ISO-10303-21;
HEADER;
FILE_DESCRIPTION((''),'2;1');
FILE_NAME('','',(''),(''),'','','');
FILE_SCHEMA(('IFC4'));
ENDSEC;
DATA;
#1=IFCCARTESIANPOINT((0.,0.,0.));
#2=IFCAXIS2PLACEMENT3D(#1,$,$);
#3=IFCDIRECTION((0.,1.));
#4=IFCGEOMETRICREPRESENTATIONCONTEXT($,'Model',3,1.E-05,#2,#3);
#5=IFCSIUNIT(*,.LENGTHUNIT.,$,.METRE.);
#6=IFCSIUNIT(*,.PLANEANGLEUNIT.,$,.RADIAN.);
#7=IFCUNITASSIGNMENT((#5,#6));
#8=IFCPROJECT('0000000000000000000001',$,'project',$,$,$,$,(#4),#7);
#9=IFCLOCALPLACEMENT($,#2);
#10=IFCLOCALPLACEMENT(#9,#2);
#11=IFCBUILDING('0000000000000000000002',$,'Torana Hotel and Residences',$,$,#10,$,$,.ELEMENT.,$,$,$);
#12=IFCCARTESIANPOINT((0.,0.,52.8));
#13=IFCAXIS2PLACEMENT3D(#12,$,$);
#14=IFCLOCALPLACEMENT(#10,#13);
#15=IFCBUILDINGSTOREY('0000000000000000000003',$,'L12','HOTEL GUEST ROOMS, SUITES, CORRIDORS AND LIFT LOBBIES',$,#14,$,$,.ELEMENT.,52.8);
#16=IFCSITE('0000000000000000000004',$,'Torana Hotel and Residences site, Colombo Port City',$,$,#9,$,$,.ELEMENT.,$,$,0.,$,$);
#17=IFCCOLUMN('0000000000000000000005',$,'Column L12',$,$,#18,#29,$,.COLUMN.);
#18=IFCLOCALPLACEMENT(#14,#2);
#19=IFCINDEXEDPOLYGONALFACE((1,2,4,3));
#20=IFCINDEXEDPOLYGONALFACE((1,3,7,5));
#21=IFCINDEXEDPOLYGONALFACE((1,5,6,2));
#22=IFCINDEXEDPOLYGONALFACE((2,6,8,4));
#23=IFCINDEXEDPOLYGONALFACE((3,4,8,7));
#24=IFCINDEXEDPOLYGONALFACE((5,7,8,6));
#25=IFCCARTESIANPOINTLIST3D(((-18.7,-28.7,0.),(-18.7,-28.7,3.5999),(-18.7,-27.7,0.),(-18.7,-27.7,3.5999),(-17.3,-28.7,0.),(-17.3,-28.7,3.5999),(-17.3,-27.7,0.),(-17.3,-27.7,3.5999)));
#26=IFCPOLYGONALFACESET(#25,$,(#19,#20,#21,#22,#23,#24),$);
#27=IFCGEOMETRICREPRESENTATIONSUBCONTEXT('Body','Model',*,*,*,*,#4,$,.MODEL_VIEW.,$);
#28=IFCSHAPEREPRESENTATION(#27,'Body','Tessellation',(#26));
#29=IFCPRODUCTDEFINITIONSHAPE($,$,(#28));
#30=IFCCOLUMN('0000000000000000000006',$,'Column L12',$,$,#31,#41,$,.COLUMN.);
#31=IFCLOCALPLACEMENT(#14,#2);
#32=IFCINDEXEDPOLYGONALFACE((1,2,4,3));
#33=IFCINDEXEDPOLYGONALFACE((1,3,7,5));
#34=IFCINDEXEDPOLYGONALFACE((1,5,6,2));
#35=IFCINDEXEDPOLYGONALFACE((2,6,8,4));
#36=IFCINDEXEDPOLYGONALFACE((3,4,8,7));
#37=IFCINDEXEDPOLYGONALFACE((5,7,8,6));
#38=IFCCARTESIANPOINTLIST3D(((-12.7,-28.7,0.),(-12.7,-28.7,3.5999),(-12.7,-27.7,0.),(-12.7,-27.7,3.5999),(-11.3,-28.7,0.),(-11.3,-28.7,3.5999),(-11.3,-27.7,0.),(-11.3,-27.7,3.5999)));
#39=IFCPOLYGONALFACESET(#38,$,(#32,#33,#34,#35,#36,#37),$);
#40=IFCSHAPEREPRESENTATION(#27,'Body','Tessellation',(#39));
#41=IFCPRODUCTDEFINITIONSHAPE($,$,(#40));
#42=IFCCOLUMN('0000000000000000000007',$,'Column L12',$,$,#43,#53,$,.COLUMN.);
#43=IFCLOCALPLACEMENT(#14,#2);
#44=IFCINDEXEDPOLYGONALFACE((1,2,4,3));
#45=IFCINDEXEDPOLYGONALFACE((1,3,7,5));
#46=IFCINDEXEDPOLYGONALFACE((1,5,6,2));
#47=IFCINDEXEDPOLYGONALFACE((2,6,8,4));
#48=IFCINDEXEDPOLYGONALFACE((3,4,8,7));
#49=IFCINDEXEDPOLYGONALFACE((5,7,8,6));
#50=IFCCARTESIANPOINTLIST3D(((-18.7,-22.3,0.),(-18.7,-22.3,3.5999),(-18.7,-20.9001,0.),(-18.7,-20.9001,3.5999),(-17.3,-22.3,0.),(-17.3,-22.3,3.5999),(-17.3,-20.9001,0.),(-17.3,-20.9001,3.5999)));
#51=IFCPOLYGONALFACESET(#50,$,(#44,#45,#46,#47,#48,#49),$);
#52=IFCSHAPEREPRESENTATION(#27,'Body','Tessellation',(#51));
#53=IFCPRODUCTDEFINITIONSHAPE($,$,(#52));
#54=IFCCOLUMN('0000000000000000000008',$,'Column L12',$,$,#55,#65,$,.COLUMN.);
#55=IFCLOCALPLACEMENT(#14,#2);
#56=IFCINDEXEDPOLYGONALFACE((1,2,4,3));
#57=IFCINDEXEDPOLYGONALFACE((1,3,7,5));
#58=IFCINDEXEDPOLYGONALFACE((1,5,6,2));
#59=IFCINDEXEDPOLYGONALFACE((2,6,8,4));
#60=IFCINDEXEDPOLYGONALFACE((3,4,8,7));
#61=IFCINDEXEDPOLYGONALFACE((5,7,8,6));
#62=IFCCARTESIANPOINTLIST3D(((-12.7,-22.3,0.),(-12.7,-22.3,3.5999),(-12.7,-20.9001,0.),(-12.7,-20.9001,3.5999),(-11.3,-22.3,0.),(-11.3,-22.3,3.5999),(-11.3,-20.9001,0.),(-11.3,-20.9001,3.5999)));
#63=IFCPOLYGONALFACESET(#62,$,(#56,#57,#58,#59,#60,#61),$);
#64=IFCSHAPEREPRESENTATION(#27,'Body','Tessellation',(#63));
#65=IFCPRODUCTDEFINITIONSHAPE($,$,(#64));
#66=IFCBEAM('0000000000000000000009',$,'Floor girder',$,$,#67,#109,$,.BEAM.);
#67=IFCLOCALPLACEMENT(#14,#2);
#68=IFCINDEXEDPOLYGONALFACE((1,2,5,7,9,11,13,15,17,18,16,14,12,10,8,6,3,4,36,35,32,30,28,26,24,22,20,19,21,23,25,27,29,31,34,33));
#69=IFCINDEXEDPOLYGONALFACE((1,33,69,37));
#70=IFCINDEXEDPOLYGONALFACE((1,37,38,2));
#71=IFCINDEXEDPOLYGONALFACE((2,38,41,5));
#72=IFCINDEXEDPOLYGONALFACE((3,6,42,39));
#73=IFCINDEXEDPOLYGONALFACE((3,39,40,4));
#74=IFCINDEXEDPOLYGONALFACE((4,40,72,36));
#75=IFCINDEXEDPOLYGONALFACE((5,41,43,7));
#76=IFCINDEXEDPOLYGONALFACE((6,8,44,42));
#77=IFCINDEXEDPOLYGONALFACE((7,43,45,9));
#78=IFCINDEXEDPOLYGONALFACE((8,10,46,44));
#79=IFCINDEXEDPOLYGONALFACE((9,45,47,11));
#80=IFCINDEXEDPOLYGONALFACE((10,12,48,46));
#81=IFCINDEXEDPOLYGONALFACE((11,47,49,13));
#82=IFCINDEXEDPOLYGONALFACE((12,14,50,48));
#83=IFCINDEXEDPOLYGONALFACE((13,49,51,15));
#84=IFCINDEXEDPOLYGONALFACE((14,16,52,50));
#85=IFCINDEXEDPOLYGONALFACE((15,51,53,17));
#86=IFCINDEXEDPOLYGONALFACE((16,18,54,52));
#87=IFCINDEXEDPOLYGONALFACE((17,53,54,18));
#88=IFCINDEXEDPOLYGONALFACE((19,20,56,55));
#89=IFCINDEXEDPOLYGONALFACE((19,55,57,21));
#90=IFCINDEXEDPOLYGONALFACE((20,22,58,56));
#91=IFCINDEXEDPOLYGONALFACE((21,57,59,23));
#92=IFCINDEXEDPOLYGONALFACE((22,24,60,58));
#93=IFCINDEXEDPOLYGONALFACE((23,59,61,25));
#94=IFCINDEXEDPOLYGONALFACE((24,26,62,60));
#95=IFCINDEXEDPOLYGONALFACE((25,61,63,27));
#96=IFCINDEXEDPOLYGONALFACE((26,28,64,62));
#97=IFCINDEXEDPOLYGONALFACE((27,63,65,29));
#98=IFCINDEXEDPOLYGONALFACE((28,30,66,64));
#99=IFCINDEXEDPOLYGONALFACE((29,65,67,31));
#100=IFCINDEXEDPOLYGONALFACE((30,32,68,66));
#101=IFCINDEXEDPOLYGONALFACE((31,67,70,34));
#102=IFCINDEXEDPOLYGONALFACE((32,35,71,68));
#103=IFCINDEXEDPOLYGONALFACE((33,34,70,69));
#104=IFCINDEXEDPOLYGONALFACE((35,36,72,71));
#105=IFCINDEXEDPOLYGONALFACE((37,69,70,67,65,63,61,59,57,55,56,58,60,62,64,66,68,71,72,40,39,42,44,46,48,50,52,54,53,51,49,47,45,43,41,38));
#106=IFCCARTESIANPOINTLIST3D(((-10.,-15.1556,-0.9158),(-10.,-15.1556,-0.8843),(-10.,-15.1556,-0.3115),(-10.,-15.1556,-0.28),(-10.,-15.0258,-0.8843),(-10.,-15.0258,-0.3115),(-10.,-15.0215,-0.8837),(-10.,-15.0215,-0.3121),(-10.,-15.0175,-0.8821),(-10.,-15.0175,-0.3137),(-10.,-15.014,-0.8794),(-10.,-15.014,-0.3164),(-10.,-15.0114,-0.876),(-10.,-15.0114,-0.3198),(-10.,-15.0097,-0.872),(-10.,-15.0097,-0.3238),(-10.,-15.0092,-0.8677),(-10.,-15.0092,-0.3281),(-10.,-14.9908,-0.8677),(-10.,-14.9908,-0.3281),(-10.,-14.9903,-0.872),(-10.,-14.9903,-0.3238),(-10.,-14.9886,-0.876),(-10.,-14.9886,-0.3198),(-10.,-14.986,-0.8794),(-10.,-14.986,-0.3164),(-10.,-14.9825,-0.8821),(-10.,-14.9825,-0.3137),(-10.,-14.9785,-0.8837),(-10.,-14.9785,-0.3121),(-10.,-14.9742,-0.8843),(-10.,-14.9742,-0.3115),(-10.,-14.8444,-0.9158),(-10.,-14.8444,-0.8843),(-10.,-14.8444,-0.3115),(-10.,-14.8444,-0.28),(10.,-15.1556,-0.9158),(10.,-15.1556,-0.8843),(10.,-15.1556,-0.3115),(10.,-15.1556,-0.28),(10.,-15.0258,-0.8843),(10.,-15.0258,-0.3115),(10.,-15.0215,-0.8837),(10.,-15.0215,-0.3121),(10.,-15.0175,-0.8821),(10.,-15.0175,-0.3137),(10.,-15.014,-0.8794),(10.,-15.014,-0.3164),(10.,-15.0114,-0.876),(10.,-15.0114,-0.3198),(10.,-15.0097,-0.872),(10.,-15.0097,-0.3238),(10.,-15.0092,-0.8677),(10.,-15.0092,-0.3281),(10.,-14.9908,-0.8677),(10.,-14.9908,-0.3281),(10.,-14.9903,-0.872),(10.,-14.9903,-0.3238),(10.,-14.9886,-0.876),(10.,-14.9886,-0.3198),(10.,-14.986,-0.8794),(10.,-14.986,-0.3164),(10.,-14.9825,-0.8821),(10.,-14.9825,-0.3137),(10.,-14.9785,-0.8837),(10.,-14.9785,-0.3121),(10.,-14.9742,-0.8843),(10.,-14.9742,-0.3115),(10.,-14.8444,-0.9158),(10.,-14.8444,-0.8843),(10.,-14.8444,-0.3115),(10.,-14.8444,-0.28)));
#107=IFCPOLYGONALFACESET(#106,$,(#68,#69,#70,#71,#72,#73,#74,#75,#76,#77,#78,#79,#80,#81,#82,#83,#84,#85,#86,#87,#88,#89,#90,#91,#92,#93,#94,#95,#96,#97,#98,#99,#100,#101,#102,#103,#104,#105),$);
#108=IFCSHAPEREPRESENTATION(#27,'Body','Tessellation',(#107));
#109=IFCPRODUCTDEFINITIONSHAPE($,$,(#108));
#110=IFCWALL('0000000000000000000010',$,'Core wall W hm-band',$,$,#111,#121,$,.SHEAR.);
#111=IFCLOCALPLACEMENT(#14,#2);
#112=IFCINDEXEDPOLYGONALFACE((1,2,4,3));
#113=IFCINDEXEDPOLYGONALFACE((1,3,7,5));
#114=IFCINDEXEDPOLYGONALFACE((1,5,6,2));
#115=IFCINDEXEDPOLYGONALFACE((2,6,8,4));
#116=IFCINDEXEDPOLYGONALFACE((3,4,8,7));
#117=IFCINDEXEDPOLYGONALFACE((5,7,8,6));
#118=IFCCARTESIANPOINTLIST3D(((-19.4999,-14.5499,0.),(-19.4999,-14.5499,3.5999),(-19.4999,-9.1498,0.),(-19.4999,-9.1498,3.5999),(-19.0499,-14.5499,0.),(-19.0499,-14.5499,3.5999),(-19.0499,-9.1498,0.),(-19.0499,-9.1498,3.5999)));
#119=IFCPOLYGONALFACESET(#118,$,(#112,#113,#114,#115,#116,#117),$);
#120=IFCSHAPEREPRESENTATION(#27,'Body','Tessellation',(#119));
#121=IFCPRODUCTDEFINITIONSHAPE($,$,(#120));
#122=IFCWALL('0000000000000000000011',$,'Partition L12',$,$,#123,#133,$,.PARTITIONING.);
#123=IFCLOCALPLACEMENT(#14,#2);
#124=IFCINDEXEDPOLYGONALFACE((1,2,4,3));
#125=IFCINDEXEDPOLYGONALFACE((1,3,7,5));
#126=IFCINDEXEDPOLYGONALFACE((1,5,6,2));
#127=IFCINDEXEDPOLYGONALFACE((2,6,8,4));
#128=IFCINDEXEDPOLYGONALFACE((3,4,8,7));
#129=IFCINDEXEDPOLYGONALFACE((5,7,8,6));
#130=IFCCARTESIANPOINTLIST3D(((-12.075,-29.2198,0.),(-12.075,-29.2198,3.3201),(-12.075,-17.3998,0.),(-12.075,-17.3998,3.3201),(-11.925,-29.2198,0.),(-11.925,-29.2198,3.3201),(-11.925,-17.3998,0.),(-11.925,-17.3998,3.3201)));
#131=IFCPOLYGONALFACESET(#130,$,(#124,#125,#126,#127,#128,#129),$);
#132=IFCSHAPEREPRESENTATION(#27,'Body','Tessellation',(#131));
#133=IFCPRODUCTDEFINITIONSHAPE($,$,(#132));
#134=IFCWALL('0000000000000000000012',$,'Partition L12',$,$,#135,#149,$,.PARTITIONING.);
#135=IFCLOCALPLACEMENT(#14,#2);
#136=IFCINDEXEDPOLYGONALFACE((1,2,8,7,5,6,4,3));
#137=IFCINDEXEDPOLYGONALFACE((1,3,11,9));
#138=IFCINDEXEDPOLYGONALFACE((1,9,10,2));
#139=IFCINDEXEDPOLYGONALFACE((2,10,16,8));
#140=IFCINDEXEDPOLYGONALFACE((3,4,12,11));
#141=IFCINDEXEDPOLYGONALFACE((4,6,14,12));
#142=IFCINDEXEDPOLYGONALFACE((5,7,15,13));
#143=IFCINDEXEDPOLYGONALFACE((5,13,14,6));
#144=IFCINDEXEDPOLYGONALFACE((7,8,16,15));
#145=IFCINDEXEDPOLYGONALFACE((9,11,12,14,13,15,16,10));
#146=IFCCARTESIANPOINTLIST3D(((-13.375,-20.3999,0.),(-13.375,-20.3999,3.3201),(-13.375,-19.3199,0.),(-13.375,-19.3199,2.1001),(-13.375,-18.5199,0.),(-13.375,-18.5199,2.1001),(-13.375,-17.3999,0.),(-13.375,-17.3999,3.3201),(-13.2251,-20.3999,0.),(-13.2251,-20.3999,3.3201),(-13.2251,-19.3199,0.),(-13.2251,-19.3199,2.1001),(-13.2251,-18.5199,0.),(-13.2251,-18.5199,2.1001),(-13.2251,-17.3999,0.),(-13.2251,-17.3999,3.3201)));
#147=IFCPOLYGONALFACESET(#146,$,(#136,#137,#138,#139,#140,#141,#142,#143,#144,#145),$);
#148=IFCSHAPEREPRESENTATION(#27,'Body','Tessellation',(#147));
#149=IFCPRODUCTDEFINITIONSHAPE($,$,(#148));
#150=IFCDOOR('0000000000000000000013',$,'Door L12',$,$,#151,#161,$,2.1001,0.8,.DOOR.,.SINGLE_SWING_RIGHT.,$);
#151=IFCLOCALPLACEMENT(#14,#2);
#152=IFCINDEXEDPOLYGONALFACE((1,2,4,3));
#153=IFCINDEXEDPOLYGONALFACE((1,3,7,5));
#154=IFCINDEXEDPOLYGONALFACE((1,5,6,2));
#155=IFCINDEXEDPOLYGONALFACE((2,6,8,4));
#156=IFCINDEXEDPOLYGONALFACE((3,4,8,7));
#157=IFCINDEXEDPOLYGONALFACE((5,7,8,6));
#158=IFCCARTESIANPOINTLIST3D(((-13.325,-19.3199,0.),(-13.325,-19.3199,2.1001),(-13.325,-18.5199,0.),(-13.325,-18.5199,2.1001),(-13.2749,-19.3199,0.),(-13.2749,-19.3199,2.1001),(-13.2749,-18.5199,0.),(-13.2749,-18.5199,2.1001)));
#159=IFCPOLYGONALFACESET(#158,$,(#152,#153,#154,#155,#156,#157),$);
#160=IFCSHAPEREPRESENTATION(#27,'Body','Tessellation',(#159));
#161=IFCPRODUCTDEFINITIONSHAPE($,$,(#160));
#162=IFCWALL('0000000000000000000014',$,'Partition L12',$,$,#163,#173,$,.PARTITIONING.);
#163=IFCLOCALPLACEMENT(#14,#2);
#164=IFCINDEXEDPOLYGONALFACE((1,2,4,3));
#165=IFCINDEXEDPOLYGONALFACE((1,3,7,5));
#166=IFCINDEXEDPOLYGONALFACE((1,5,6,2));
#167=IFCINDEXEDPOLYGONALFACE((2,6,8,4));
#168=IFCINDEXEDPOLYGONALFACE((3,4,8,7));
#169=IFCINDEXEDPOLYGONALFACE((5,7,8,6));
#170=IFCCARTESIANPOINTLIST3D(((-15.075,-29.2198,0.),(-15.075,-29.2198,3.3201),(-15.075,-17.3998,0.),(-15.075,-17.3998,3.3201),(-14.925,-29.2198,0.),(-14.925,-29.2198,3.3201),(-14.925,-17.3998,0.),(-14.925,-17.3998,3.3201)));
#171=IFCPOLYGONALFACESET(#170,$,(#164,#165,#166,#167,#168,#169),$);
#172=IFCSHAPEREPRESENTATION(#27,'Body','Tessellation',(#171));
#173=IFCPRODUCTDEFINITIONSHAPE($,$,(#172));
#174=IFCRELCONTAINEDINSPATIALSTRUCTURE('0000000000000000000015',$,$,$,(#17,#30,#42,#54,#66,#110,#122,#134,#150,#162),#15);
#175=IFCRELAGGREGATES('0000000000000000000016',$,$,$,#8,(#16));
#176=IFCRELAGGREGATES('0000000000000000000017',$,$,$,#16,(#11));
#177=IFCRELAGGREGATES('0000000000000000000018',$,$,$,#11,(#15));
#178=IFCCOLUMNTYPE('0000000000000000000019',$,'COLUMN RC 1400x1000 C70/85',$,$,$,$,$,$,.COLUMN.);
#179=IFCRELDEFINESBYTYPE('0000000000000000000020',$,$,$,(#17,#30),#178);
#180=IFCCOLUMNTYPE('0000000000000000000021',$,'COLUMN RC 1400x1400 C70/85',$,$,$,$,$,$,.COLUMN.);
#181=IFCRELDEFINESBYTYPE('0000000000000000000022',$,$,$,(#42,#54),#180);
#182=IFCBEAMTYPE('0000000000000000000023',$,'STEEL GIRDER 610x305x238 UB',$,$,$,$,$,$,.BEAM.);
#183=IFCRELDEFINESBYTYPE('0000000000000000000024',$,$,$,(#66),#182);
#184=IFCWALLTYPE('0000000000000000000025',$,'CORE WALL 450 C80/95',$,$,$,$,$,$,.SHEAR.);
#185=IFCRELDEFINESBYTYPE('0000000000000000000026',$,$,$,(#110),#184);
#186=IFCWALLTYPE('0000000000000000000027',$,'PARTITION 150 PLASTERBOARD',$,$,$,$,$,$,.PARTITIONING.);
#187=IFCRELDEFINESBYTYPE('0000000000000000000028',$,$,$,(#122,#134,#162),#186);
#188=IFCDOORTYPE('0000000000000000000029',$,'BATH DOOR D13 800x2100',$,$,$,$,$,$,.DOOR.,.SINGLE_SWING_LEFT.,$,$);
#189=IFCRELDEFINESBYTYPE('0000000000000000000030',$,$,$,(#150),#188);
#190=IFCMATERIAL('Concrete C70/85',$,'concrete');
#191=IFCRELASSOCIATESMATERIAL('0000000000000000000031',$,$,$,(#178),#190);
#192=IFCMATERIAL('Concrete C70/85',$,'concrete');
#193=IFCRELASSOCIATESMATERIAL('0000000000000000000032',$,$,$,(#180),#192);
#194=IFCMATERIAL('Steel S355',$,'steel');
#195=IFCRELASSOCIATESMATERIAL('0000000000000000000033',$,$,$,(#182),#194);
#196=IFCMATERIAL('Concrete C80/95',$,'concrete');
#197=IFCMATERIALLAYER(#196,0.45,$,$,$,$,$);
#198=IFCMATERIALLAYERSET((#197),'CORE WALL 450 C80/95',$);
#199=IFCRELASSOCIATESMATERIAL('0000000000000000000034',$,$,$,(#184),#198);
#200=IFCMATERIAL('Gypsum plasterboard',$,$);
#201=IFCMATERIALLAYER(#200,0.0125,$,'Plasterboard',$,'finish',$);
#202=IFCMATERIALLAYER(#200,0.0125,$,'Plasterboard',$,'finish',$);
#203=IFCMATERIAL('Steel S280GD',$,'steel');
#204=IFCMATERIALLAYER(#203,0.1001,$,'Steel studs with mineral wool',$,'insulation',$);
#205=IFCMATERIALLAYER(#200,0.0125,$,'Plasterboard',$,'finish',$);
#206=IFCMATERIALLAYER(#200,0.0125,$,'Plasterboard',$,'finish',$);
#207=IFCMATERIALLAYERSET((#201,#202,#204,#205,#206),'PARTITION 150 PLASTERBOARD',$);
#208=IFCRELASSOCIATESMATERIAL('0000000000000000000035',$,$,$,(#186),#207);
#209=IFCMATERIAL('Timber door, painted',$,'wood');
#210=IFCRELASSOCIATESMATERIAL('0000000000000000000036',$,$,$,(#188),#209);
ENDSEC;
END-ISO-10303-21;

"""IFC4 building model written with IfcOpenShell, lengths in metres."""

from ifc_helpers import new_model, si_unit, direction, frame, frame_2d, origin, origin_2d, place, context, subcontext, project, spatial, rectangle, i_section, extrude, material, layer, layer_set, material_profile, profile_set, type_object, element, fill, save


model = new_model("IFC4")

# Units and contexts
model_context = context("Model", 3, precision=1e-05, world=origin(), true_north=direction((0.0, 1.0)))
body_context = subcontext(model_context, "Body", "Model", "MODEL_VIEW")
ifc_project = project(units=[si_unit("LENGTHUNIT", "METRE"), si_unit("PLANEANGLEUNIT", "RADIAN")], contexts=[model_context])

# Site, building, storey
site_placement = place(None, origin())
site = spatial("IfcSite", under=ifc_project, at=site_placement, Name="Torana Hotel and Residences site, Colombo Port City", CompositionType="ELEMENT", RefElevation=0.0)
building_placement = place(site_placement, origin())
building = spatial("IfcBuilding", under=site, at=building_placement, Name="Torana Hotel and Residences", CompositionType="ELEMENT")
storey_placement = place(building_placement, frame((0.0, 0.0, 52.8)))
storey = spatial("IfcBuildingStorey", under=building, at=storey_placement, Name="L12", Description="HOTEL GUEST ROOMS, SUITES, CORRIDORS AND LIFT LOBBIES", CompositionType="ELEMENT", Elevation=52.8)

# Columns
ifc_material_1 = material(Name="Concrete C70/85", Category="concrete")
ifc_material_profile_1 = material_profile(ifc_material_1, rectangle(XDim=1.3999, YDim=1.0, at=origin_2d()), Name="RC 1400x1000")
ifc_profile_set_1 = profile_set([ifc_material_profile_1], Name="Concrete C70/85")
column_type_1 = type_object("IfcColumnType", Name="COLUMN RC 1400x1000 C70/85", PredefinedType="COLUMN", material=ifc_profile_set_1)
for number, where, z_axis, x_axis, name in (
    (1, (-18.0, -28.2, 0.0), (0.0, 0.0, 1.0), (1.0, 0.0, 0.0), "Column L12"),
    (2, (-12.0, -28.2, 0.0), (0.0, 0.0, 1.0), (1.0, 0.0, 0.0), "Column L12"),
):
    element("IfcColumn", number, at=place(storey_placement, frame(where, z_axis=z_axis, x_axis=x_axis)), inside=storey, type_object=column_type_1, Name=name, PredefinedType="COLUMN", context=body_context, shape_type="SweptSolid", body=[
        extrude(rectangle(XDim=1.3999, YDim=1.0, at=origin_2d()), origin(), (0.0, 0.0, 1.0), 3.5999),
    ])
ifc_material_2 = material(Name="Concrete C70/85", Category="concrete")
ifc_material_profile_2 = material_profile(ifc_material_2, rectangle(XDim=1.3999, YDim=1.3999, at=origin_2d()), Name="RC 1400x1400")
ifc_profile_set_2 = profile_set([ifc_material_profile_2], Name="Concrete C70/85")
column_type_2 = type_object("IfcColumnType", Name="COLUMN RC 1400x1400 C70/85", PredefinedType="COLUMN", material=ifc_profile_set_2)
for number, where, z_axis, x_axis, name in (
    (3, (-18.0, -21.6001, 0.0), (0.0, 0.0, 1.0), (1.0, 0.0, 0.0), "Column L12"),
    (4, (-12.0, -21.6001, 0.0), (0.0, 0.0, 1.0), (1.0, 0.0, 0.0), "Column L12"),
):
    element("IfcColumn", number, at=place(storey_placement, frame(where, z_axis=z_axis, x_axis=x_axis)), inside=storey, type_object=column_type_2, Name=name, PredefinedType="COLUMN", context=body_context, shape_type="SweptSolid", body=[
        extrude(rectangle(XDim=1.3999, YDim=1.3999, at=origin_2d()), origin(), (0.0, 0.0, 1.0), 3.5999),
    ])

# Beam
ifc_material_3 = material(Name="Steel S355", Category="steel")
ifc_material_profile_3 = material_profile(ifc_material_3, i_section(OverallWidth=0.3113, OverallDepth=0.6357, WebThickness=0.0183, FlangeThickness=0.0315, FilletRadius=0.0166, at=origin_2d()), Name="610x305x238 UB")
ifc_profile_set_3 = profile_set([ifc_material_profile_3], Name="Steel S355")
beam_type = type_object("IfcBeamType", Name="STEEL GIRDER 610x305x238 UB", PredefinedType="BEAM", material=ifc_profile_set_3)
beam_placement = place(storey_placement, frame((-10.0, -15.0, -0.5979), z_axis=(1.0, 0.0, 0.0), x_axis=(0.0, 1.0, 0.0)))
element("IfcBeam", 5, at=beam_placement, inside=storey, type_object=beam_type, Name="Floor girder", PredefinedType="BEAM", context=body_context, shape_type="SweptSolid", body=[
    extrude(i_section(OverallWidth=0.3113, OverallDepth=0.6357, WebThickness=0.0183, FlangeThickness=0.0315, FilletRadius=0.0166, at=origin_2d()), origin(), (0.0, 0.0, 1.0), 20.0),
])

# Walls
ifc_material_4 = material(Name="Concrete C80/95", Category="concrete")
ifc_layer_1 = layer(ifc_material_4, 0.45)
ifc_layer_set_1 = layer_set([ifc_layer_1], Name="CORE WALL 450 C80/95")
wall_type_1 = type_object("IfcWallType", Name="CORE WALL 450 C80/95", PredefinedType="SHEAR", material=ifc_layer_set_1)
wall_1_placement = place(storey_placement, frame((-19.2749, -14.55, 0.0), z_axis=(0.0, 0.0, 1.0), x_axis=(0.0, 1.0, 0.0)))
element("IfcWall", 6, at=wall_1_placement, inside=storey, type_object=wall_type_1, Name="Core wall W hm-band", PredefinedType="SHEAR", context=body_context, shape_type="SweptSolid", body=[
    extrude(rectangle(XDim=5.4001, YDim=0.45, at=frame_2d((2.7002, 0.0))), origin(), (0.0, 0.0, 1.0), 3.5999),
])
ifc_material_5 = material(Name="Gypsum plasterboard")
ifc_layer_2 = layer(ifc_material_5, 0.0125, Name="Plasterboard", Category="finish")
ifc_layer_3 = layer(ifc_material_5, 0.0125, Name="Plasterboard", Category="finish")
ifc_material_6 = material(Name="Steel S280GD", Category="steel")
ifc_layer_4 = layer(ifc_material_6, 0.1001, Name="Steel studs with mineral wool", Category="insulation")
ifc_layer_5 = layer(ifc_material_5, 0.0125, Name="Plasterboard", Category="finish")
ifc_layer_6 = layer(ifc_material_5, 0.0125, Name="Plasterboard", Category="finish")
ifc_layer_set_2 = layer_set([ifc_layer_2, ifc_layer_3, ifc_layer_4, ifc_layer_5, ifc_layer_6], Name="PARTITION 150 PLASTERBOARD")
wall_type_2 = type_object("IfcWallType", Name="PARTITION 150 PLASTERBOARD", PredefinedType="PARTITIONING", material=ifc_layer_set_2)
wall_2_placement = place(storey_placement, frame((-12.0, -29.22, 0.0), z_axis=(0.0, 0.0, 1.0), x_axis=(0.0, 1.0, 0.0)))
element("IfcWall", 7, at=wall_2_placement, inside=storey, type_object=wall_type_2, Name="Partition L12", PredefinedType="PARTITIONING", context=body_context, shape_type="SweptSolid", body=[
    extrude(rectangle(XDim=11.8201, YDim=0.1499, at=frame_2d((5.9102, 0.0))), origin(), (0.0, 0.0, 1.0), 3.3201),
])

# Wall, opening, door
wall_3_placement = place(storey_placement, frame((-13.3, -20.3999, 0.0), z_axis=(0.0, 0.0, 1.0), x_axis=(0.0, 1.0, 0.0)))
wall_3 = element("IfcWall", 8, at=wall_3_placement, inside=storey, type_object=wall_type_2, Name="Partition L12", PredefinedType="PARTITIONING", context=body_context, shape_type="SweptSolid", body=[
    extrude(rectangle(XDim=3.0, YDim=0.1499, at=frame_2d((1.5, 0.0))), origin(), (0.0, 0.0, 1.0), 3.3201),
])
opening_1_placement = place(wall_3_placement, frame((1.0801, 0.0, 0.0)))
opening_1 = element("IfcOpeningElement", 9, at=opening_1_placement, cuts=wall_3, PredefinedType="OPENING", context=body_context, shape_type="SweptSolid", body=[
    extrude(rectangle(XDim=0.8, YDim=2.1001, at=frame_2d((0.3999, 1.05))), frame((0.0, 0.085, 0.0), z_axis=(0.0, -1.0, 0.0), x_axis=(1.0, 0.0, 0.0)), (0.0, 0.0, 1.0), 0.1699),
])
ifc_material_7 = material(Name="Timber door, painted", Category="wood")
door_type = type_object("IfcDoorType", Name="BATH DOOR D13 800x2100", OperationType="SINGLE_SWING_LEFT", PredefinedType="DOOR", material=ifc_material_7)
door_1_placement = place(opening_1_placement, origin())
door_1 = element("IfcDoor", 10, at=door_1_placement, inside=storey, type_object=door_type, Name="Door L12", OperationType="SINGLE_SWING_RIGHT", OverallHeight=2.1001, OverallWidth=0.8, PredefinedType="DOOR", context=body_context, shape_type="SweptSolid", body=[
    extrude(rectangle(XDim=0.8, YDim=2.1001, at=frame_2d((0.3999, 1.05))), frame((0.0, 0.0249, 0.0), z_axis=(0.0, -1.0, 0.0), x_axis=(1.0, 0.0, 0.0)), (0.0, 0.0, 1.0), 0.05),
])
fill(opening_1, door_1)

# Wall
wall_4_placement = place(storey_placement, frame((-15.0, -29.22, 0.0), z_axis=(0.0, 0.0, 1.0), x_axis=(0.0, 1.0, 0.0)))
element("IfcWall", 11, at=wall_4_placement, inside=storey, type_object=wall_type_2, Name="Partition L12", PredefinedType="PARTITIONING", context=body_context, shape_type="SweptSolid", body=[
    extrude(rectangle(XDim=11.8201, YDim=0.1499, at=frame_2d((5.9102, 0.0))), origin(), (0.0, 0.0, 1.0), 3.3201),
])

save(model, "model.ifc")
